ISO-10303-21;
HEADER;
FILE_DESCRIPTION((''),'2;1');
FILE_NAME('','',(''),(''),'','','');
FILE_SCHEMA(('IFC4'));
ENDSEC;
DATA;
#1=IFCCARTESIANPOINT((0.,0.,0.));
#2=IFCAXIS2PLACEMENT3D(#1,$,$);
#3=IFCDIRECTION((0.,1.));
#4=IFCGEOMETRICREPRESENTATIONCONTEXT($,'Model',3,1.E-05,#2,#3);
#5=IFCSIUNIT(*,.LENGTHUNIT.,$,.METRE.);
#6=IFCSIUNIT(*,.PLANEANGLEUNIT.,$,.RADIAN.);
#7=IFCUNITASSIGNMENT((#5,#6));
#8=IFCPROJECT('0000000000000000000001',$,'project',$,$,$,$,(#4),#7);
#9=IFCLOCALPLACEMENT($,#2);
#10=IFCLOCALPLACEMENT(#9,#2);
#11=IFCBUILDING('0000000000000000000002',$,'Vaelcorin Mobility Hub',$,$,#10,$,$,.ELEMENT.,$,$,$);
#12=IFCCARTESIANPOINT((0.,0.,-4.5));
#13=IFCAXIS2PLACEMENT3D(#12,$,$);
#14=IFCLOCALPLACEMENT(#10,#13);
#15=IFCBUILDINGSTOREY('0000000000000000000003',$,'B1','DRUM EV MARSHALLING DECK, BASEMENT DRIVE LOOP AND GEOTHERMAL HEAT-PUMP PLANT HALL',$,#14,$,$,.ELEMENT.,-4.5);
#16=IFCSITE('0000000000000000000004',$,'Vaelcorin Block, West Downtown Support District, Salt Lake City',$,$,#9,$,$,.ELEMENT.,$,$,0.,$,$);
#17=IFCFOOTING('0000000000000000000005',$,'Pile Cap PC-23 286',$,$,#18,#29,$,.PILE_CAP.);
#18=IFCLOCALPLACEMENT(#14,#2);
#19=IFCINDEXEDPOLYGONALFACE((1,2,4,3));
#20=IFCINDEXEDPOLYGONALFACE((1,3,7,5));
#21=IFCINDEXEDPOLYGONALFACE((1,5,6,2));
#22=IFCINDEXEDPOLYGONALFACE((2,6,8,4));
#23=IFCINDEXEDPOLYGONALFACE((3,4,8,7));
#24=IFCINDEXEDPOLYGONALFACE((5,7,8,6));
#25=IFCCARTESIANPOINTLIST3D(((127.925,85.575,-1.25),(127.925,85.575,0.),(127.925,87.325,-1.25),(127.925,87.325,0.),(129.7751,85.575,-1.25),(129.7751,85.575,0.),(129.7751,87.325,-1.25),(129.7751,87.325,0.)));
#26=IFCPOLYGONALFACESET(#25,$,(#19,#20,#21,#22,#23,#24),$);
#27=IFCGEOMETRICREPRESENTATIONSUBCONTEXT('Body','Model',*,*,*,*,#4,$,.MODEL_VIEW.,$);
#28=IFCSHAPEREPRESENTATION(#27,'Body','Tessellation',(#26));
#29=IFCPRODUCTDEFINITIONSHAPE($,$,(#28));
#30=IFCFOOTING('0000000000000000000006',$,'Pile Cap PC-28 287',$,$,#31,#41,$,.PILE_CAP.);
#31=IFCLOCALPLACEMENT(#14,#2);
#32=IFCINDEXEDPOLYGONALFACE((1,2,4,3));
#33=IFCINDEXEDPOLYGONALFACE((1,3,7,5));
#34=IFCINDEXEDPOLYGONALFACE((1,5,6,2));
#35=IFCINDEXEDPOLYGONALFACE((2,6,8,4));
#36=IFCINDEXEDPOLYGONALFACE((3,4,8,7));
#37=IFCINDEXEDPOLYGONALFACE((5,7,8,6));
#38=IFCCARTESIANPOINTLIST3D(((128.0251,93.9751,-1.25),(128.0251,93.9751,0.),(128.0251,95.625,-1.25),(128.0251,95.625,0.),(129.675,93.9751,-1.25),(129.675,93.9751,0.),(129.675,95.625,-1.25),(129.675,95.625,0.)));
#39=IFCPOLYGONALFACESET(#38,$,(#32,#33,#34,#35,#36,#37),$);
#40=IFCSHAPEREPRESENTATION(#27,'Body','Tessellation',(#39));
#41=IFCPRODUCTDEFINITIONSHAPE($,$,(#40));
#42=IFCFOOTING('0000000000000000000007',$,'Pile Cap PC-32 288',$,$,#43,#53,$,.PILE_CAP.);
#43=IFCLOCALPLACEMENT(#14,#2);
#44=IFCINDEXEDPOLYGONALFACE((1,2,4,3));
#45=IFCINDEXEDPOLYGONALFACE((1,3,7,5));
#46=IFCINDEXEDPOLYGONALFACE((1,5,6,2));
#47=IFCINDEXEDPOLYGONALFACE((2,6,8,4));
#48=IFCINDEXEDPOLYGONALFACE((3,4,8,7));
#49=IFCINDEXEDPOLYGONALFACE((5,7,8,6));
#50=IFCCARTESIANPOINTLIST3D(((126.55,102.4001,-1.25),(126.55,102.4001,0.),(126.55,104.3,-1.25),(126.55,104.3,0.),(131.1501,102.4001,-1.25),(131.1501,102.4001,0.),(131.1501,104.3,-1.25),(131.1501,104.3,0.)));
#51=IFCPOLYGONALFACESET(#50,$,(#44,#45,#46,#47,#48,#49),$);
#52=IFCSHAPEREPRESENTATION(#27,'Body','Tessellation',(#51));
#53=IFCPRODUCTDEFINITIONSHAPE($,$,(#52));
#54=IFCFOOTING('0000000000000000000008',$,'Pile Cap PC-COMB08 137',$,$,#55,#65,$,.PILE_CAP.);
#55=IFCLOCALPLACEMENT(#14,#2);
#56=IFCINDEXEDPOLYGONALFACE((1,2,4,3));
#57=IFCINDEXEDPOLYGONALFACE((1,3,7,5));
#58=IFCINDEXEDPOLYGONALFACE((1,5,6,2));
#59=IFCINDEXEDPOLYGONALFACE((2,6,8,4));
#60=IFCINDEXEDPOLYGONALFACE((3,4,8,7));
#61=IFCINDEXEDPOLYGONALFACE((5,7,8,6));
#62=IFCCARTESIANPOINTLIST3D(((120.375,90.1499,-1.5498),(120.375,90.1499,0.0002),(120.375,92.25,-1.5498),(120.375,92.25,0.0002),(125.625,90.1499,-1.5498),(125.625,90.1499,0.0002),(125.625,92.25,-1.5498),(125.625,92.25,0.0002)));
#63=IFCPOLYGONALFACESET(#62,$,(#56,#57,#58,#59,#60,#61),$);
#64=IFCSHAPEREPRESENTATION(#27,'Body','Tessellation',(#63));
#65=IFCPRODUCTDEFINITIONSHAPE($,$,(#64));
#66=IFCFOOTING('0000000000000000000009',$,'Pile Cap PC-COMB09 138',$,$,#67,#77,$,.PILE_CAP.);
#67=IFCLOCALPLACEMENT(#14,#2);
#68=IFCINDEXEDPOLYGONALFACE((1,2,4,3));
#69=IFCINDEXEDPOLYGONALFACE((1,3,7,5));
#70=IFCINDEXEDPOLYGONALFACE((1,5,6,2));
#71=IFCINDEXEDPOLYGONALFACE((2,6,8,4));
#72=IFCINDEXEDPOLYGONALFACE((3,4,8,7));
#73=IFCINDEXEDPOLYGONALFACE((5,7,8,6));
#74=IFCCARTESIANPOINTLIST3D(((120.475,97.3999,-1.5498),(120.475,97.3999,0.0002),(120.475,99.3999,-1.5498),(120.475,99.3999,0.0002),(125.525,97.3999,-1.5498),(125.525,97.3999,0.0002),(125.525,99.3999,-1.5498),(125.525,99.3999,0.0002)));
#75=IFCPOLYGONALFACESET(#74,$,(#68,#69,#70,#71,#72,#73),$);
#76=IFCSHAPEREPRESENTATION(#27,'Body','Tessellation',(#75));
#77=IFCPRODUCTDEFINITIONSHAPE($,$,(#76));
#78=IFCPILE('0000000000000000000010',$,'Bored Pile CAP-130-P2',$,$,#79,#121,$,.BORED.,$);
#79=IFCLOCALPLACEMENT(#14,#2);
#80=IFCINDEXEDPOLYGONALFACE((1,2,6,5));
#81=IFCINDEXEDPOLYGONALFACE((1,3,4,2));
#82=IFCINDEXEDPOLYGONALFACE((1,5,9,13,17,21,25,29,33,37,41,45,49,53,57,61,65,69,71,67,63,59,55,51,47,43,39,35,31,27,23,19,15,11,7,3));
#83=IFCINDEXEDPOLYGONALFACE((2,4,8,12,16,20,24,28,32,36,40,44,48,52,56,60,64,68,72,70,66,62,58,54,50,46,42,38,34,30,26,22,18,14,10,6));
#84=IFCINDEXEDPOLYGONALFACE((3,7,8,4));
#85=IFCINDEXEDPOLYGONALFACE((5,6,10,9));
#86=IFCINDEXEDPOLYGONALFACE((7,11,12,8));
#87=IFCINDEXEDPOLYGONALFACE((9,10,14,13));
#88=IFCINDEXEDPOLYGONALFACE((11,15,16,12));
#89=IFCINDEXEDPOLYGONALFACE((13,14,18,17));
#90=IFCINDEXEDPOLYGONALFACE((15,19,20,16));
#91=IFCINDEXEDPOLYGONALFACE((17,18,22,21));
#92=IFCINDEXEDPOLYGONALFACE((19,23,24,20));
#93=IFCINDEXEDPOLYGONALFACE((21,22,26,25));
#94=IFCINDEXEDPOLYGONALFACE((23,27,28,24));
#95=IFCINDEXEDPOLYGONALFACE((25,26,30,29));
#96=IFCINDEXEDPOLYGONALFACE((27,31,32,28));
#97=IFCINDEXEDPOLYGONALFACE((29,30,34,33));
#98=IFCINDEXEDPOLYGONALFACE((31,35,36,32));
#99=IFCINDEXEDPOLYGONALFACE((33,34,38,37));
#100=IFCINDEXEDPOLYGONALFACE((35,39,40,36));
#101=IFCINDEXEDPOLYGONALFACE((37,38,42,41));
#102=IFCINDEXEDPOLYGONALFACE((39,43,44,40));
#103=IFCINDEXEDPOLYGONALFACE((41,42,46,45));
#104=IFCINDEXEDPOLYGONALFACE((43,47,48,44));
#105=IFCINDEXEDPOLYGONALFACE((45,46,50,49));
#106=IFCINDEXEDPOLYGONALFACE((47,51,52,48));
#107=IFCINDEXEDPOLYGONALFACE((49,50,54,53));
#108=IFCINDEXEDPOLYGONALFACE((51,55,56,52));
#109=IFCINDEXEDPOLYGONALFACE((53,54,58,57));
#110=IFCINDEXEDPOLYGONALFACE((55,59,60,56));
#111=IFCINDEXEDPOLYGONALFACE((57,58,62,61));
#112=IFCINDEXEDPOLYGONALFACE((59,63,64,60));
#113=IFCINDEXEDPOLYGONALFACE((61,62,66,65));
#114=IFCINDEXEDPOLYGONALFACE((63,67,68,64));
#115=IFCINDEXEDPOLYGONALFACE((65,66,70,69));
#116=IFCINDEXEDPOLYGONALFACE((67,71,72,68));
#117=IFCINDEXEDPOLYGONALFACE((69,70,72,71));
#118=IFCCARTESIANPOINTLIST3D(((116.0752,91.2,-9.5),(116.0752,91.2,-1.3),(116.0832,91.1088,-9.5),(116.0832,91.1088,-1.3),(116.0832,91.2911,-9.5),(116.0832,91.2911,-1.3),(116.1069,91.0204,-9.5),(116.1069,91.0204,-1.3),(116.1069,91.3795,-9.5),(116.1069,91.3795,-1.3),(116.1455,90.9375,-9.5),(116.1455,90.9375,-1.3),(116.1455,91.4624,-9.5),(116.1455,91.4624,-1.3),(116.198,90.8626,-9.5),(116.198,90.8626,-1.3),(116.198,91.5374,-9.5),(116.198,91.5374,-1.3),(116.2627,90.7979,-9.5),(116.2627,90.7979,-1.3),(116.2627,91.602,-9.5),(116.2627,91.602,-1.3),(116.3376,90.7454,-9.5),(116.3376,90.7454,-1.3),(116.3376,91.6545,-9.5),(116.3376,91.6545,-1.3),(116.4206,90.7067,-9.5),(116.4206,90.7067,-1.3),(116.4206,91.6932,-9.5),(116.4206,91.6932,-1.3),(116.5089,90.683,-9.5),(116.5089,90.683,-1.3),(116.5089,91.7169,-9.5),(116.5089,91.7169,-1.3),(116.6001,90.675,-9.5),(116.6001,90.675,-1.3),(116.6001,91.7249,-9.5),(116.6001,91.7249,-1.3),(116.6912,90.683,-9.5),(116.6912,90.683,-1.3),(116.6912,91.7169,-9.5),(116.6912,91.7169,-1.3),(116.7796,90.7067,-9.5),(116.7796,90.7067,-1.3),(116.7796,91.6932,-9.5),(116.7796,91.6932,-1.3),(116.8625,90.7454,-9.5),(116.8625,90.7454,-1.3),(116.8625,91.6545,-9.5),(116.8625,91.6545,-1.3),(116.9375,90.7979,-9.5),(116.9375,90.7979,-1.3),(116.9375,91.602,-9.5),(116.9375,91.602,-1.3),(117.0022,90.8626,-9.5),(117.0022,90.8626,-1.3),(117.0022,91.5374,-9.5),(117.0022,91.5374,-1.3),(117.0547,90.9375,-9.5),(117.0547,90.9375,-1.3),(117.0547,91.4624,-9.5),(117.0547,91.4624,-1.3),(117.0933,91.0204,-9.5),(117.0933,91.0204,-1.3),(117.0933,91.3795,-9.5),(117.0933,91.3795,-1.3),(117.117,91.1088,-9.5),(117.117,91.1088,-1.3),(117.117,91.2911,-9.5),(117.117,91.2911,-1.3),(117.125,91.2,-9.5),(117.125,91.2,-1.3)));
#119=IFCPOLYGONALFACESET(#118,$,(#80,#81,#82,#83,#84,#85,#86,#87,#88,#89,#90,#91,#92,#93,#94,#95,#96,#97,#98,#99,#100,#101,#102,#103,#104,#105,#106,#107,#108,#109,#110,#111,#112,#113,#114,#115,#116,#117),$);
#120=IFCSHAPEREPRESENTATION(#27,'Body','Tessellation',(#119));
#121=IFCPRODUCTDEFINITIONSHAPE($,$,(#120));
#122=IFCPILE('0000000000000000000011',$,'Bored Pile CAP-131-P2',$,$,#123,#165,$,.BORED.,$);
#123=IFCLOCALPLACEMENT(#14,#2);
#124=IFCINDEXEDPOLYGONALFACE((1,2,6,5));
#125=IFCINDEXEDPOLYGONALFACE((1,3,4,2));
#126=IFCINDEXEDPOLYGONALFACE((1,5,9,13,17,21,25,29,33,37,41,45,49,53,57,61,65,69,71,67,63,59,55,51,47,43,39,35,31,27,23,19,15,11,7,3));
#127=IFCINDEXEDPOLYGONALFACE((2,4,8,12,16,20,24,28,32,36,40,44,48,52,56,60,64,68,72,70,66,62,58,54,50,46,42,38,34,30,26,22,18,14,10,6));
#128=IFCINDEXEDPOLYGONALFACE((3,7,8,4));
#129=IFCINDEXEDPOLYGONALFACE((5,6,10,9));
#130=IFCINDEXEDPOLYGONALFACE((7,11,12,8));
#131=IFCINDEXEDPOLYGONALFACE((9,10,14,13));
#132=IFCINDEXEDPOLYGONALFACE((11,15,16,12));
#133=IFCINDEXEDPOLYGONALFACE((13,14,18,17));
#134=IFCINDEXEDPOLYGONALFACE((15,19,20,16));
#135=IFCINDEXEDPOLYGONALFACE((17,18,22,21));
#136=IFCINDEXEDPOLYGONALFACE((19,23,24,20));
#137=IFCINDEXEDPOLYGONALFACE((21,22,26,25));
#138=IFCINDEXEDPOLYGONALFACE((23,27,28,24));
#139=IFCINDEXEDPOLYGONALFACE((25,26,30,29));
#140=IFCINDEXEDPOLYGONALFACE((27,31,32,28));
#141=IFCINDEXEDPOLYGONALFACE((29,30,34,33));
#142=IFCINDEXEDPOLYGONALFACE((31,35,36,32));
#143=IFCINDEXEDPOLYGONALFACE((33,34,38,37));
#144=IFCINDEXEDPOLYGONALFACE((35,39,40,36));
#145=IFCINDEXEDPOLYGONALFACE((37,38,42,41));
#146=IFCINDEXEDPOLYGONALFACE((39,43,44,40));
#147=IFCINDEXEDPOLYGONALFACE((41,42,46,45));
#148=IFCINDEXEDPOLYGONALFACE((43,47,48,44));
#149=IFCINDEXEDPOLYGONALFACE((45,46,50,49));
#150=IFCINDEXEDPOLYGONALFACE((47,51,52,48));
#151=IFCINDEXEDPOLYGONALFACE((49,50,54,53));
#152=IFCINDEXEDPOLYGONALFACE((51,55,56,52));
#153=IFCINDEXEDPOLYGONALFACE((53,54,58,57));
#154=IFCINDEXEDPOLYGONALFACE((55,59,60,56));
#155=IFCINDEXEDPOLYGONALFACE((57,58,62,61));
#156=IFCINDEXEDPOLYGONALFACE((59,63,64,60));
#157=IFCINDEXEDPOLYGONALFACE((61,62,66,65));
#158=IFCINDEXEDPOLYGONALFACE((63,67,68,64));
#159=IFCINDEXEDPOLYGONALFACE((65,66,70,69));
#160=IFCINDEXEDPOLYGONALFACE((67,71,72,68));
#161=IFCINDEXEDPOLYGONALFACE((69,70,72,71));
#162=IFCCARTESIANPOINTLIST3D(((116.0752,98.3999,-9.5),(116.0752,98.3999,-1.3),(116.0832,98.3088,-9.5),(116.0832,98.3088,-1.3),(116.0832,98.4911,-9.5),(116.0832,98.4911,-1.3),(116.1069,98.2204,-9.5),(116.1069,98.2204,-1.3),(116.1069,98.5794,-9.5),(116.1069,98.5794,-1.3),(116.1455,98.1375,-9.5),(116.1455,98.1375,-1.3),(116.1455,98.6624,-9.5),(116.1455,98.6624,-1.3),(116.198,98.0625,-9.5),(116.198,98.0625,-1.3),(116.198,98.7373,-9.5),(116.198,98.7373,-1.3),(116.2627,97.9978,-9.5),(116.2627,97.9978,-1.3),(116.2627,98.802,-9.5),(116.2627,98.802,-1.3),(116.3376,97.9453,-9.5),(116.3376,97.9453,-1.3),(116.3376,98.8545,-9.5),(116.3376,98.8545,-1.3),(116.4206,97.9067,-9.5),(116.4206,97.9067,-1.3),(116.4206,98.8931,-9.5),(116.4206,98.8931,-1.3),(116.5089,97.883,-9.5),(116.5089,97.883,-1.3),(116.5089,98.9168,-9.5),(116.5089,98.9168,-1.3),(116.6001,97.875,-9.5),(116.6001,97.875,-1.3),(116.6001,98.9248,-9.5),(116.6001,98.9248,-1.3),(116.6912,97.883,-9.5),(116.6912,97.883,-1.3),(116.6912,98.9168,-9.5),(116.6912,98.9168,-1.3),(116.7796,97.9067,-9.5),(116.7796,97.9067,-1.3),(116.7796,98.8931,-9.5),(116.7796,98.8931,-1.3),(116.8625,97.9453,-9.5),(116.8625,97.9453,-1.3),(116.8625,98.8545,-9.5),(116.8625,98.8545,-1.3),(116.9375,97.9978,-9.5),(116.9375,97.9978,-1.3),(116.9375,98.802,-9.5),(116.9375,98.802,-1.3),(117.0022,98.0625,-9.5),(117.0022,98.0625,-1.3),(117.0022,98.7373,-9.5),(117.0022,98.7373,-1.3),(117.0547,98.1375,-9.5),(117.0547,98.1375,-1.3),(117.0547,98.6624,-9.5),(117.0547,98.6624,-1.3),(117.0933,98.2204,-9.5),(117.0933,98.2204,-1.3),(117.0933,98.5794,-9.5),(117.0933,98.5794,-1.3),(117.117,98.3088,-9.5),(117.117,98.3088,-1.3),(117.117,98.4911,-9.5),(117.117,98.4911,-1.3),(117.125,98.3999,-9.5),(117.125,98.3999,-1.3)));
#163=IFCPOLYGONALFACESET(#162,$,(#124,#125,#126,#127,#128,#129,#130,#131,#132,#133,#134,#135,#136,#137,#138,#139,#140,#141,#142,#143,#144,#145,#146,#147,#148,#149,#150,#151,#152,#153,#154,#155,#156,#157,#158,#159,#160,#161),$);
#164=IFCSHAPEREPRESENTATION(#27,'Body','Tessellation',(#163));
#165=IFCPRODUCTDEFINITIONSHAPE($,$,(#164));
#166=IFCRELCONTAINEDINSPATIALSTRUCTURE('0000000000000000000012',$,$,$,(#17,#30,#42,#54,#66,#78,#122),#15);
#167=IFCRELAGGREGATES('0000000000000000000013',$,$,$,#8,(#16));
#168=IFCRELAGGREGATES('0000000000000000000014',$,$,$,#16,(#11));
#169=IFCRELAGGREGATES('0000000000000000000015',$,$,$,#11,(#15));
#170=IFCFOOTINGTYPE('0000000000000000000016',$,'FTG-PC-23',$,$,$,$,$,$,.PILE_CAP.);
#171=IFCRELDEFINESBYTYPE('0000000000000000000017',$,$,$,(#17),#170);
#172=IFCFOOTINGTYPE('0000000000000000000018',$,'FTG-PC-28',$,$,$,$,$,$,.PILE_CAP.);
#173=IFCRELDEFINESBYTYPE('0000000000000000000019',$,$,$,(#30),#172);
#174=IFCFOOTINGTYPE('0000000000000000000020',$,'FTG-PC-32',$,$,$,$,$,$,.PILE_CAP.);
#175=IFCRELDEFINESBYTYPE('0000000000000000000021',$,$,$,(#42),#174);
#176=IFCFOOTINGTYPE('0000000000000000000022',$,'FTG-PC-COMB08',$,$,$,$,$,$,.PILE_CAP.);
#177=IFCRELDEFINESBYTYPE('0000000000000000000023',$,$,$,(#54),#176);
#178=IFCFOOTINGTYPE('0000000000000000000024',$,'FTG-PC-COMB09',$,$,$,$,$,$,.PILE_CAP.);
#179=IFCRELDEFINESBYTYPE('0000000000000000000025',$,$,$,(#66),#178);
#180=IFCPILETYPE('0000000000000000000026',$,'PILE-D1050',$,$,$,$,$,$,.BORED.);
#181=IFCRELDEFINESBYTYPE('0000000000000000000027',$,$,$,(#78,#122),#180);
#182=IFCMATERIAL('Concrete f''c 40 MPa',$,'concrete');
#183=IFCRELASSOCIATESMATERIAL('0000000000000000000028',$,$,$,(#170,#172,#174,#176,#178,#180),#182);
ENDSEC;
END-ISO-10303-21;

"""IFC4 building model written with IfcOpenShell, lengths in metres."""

from ifc_helpers import new_model, si_unit, direction, frame, origin, origin_2d, place, context, subcontext, project, spatial, rectangle, circle, extrude, material, material_profile, profile_set, type_object, element, save


model = new_model("IFC4")

# Units and contexts
model_context = context("Model", 3, precision=1e-05, world=origin(), true_north=direction((0.0, 1.0)))
body_context = subcontext(model_context, "Body", "Model", "MODEL_VIEW")
ifc_project = project(units=[si_unit("LENGTHUNIT", "METRE"), si_unit("PLANEANGLEUNIT", "RADIAN")], contexts=[model_context])

# Site, building, storey
site_placement = place(None, origin())
site = spatial("IfcSite", under=ifc_project, at=site_placement, Name="Vaelcorin Block, West Downtown Support District, Salt Lake City", CompositionType="ELEMENT", RefElevation=0.0)
building_placement = place(site_placement, origin())
building = spatial("IfcBuilding", under=site, at=building_placement, Name="Vaelcorin Mobility Hub", CompositionType="ELEMENT")
storey_placement = place(building_placement, frame((0.0, 0.0, -4.5)))
storey = spatial("IfcBuildingStorey", under=building, at=storey_placement, Name="B1", Description="DRUM EV MARSHALLING DECK, BASEMENT DRIVE LOOP AND GEOTHERMAL HEAT-PUMP PLANT HALL", CompositionType="ELEMENT", Elevation=-4.5)

# Footings
ifc_material_1 = material(Name="Concrete f'c 40 MPa", Category="concrete")
footing_type_1 = type_object("IfcFootingType", Name="FTG-PC-23", PredefinedType="PILE_CAP", material=ifc_material_1)
footing_1_placement = place(storey_placement, frame((128.8501, 86.45, -1.25), z_axis=(0.0, 0.0, 1.0), x_axis=(1.0, 0.0, 0.0)))
element("IfcFooting", 1, at=footing_1_placement, inside=storey, type_object=footing_type_1, Name="Pile Cap PC-23 286", PredefinedType="PILE_CAP", context=body_context, shape_type="SweptSolid", body=[
    extrude(rectangle(XDim=1.8501, YDim=1.75, at=origin_2d()), origin(), (0.0, 0.0, 1.0), 1.25),
])
footing_type_2 = type_object("IfcFootingType", Name="FTG-PC-28", PredefinedType="PILE_CAP", material=ifc_material_1)
footing_2_placement = place(storey_placement, frame((128.8501, 94.8, -1.25), z_axis=(0.0, 0.0, 1.0), x_axis=(1.0, 0.0, 0.0)))
element("IfcFooting", 2, at=footing_2_placement, inside=storey, type_object=footing_type_2, Name="Pile Cap PC-28 287", PredefinedType="PILE_CAP", context=body_context, shape_type="SweptSolid", body=[
    extrude(rectangle(XDim=1.6499, YDim=1.6499, at=origin_2d()), origin(), (0.0, 0.0, 1.0), 1.25),
])
footing_type_3 = type_object("IfcFootingType", Name="FTG-PC-32", PredefinedType="PILE_CAP", material=ifc_material_1)
footing_3_placement = place(storey_placement, frame((128.8501, 103.3501, -1.25), z_axis=(0.0, 0.0, 1.0), x_axis=(1.0, 0.0, 0.0)))
element("IfcFooting", 3, at=footing_3_placement, inside=storey, type_object=footing_type_3, Name="Pile Cap PC-32 288", PredefinedType="PILE_CAP", context=body_context, shape_type="SweptSolid", body=[
    extrude(rectangle(XDim=4.6001, YDim=1.8999, at=origin_2d()), origin(), (0.0, 0.0, 1.0), 1.25),
])
footing_type_4 = type_object("IfcFootingType", Name="FTG-PC-COMB08", PredefinedType="PILE_CAP", material=ifc_material_1)
footing_4_placement = place(storey_placement, frame((123.0, 91.2, -1.5498), z_axis=(0.0, 0.0, 1.0), x_axis=(1.0, 0.0, 0.0)))
element("IfcFooting", 4, at=footing_4_placement, inside=storey, type_object=footing_type_4, Name="Pile Cap PC-COMB08 137", PredefinedType="PILE_CAP", context=body_context, shape_type="SweptSolid", body=[
    extrude(rectangle(XDim=5.25, YDim=2.1001, at=origin_2d()), origin(), (0.0, 0.0, 1.0), 1.55),
])
footing_type_5 = type_object("IfcFootingType", Name="FTG-PC-COMB09", PredefinedType="PILE_CAP", material=ifc_material_1)
footing_5_placement = place(storey_placement, frame((123.0, 98.3999, -1.5498), z_axis=(0.0, 0.0, 1.0), x_axis=(1.0, 0.0, 0.0)))
element("IfcFooting", 5, at=footing_5_placement, inside=storey, type_object=footing_type_5, Name="Pile Cap PC-COMB09 138", PredefinedType="PILE_CAP", context=body_context, shape_type="SweptSolid", body=[
    extrude(rectangle(XDim=5.05, YDim=2.0, at=origin_2d()), origin(), (0.0, 0.0, 1.0), 1.55),
])

# Piles
ifc_material_profile_1 = material_profile(ifc_material_1, circle(Radius=0.5249, at=origin_2d()), Name="BP-D1050")
ifc_profile_set_1 = profile_set([ifc_material_profile_1], Name="Concrete f'c 40 MPa")
pile_type_1 = type_object("IfcPileType", Name="PILE-D1050", PredefinedType="BORED", material=ifc_profile_set_1)
for number, where, z_axis, x_axis, name in (
    (6, (116.6001, 91.2, -1.3), (0.0, 0.0, -1.0), (1.0, 0.0, 0.0), "Bored Pile CAP-130-P2"),
    (7, (116.6001, 98.3999, -1.3), (0.0, 0.0, -1.0), (1.0, 0.0, 0.0), "Bored Pile CAP-131-P2"),
):
    element("IfcPile", number, at=place(storey_placement, frame(where, z_axis=z_axis, x_axis=x_axis)), inside=storey, type_object=pile_type_1, Name=name, PredefinedType="BORED", context=body_context, shape_type="SweptSolid", body=[
        extrude(circle(Radius=0.5249, at=origin_2d()), origin(), (0.0, 0.0, 1.0), 8.2),
    ])

save(model, "model.ifc")
